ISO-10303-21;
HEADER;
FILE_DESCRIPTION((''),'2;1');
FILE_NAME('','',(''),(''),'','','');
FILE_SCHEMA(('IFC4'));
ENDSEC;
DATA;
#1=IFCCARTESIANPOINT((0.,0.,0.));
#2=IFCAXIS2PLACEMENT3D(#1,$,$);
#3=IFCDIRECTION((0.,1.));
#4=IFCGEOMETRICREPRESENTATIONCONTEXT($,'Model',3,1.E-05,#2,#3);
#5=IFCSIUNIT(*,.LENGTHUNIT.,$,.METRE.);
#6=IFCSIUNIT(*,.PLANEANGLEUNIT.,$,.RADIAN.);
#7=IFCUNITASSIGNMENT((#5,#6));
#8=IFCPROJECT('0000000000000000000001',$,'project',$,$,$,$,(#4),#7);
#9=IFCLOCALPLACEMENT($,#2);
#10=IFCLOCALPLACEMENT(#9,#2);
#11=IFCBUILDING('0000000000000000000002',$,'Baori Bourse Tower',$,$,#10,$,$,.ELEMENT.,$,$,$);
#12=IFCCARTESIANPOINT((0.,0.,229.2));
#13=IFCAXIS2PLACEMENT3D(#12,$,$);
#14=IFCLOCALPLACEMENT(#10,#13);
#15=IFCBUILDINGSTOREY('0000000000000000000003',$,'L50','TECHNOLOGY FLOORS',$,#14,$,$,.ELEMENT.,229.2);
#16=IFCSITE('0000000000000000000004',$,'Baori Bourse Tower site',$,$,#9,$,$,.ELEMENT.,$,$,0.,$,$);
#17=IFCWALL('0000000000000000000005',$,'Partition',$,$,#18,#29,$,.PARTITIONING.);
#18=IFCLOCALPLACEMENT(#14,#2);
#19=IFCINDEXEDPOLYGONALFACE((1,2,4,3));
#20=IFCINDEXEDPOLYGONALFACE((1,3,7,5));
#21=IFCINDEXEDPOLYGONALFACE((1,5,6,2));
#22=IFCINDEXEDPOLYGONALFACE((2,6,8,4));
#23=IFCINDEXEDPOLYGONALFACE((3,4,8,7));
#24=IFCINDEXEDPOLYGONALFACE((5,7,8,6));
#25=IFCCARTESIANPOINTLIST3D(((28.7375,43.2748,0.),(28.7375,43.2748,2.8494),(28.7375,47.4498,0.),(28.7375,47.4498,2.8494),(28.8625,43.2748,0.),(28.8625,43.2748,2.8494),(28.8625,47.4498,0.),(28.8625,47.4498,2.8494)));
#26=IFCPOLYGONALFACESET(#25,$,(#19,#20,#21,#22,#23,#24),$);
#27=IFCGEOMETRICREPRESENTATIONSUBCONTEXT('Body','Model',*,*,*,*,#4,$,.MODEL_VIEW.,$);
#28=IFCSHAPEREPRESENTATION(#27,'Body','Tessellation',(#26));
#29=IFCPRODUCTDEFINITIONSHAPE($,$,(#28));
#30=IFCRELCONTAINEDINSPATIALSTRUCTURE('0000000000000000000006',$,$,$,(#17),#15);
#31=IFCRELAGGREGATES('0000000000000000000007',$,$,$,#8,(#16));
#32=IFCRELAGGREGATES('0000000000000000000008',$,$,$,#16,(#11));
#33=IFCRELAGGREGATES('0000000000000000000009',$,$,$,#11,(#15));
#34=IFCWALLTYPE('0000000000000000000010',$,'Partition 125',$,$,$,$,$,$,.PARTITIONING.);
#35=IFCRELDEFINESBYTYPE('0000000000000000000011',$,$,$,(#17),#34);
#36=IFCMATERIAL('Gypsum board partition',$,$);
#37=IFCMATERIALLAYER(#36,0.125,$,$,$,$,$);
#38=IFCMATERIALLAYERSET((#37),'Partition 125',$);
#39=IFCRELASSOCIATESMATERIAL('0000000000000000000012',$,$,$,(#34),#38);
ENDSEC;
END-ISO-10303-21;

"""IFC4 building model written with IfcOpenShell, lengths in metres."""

from ifc_helpers import new_model, si_unit, direction, frame, frame_2d, origin, place, context, subcontext, project, spatial, rectangle, extrude, material, layer, layer_set, type_object, element, save


model = new_model("IFC4")

# Units and contexts
model_context = context("Model", 3, precision=1e-05, world=origin(), true_north=direction((0.0, 1.0)))
body_context = subcontext(model_context, "Body", "Model", "MODEL_VIEW")
ifc_project = project(units=[si_unit("LENGTHUNIT", "METRE"), si_unit("PLANEANGLEUNIT", "RADIAN")], contexts=[model_context])

# Site, building, storey
site_placement = place(None, origin())
site = spatial("IfcSite", under=ifc_project, at=site_placement, Name="Baori Bourse Tower site", CompositionType="ELEMENT", RefElevation=0.0)
building_placement = place(site_placement, origin())
building = spatial("IfcBuilding", under=site, at=building_placement, Name="Baori Bourse Tower", CompositionType="ELEMENT")
storey_placement = place(building_placement, frame((0.0, 0.0, 229.2)))
storey = spatial("IfcBuildingStorey", under=building, at=storey_placement, Name="L50", Description="TECHNOLOGY FLOORS", CompositionType="ELEMENT", Elevation=229.2)

# Wall
ifc_material_1 = material(Name="Gypsum board partition")
ifc_layer_1 = layer(ifc_material_1, 0.125)
ifc_layer_set_1 = layer_set([ifc_layer_1], Name="Partition 125")
wall_type_1 = type_object("IfcWallType", Name="Partition 125", PredefinedType="PARTITIONING", material=ifc_layer_set_1)
wall_1_placement = place(storey_placement, frame((28.8, 43.2749, 0.0), z_axis=(0.0, 0.0, 1.0), x_axis=(0.0, 1.0, 0.0)))
element("IfcWall", 1, at=wall_1_placement, inside=storey, type_object=wall_type_1, Name="Partition", PredefinedType="PARTITIONING", context=body_context, shape_type="SweptSolid", body=[
    extrude(rectangle(XDim=4.175, YDim=0.125, at=frame_2d((2.0874, 0.0))), origin(), (0.0, 0.0, 1.0), 2.8494),
])

save(model, "model.ifc")
